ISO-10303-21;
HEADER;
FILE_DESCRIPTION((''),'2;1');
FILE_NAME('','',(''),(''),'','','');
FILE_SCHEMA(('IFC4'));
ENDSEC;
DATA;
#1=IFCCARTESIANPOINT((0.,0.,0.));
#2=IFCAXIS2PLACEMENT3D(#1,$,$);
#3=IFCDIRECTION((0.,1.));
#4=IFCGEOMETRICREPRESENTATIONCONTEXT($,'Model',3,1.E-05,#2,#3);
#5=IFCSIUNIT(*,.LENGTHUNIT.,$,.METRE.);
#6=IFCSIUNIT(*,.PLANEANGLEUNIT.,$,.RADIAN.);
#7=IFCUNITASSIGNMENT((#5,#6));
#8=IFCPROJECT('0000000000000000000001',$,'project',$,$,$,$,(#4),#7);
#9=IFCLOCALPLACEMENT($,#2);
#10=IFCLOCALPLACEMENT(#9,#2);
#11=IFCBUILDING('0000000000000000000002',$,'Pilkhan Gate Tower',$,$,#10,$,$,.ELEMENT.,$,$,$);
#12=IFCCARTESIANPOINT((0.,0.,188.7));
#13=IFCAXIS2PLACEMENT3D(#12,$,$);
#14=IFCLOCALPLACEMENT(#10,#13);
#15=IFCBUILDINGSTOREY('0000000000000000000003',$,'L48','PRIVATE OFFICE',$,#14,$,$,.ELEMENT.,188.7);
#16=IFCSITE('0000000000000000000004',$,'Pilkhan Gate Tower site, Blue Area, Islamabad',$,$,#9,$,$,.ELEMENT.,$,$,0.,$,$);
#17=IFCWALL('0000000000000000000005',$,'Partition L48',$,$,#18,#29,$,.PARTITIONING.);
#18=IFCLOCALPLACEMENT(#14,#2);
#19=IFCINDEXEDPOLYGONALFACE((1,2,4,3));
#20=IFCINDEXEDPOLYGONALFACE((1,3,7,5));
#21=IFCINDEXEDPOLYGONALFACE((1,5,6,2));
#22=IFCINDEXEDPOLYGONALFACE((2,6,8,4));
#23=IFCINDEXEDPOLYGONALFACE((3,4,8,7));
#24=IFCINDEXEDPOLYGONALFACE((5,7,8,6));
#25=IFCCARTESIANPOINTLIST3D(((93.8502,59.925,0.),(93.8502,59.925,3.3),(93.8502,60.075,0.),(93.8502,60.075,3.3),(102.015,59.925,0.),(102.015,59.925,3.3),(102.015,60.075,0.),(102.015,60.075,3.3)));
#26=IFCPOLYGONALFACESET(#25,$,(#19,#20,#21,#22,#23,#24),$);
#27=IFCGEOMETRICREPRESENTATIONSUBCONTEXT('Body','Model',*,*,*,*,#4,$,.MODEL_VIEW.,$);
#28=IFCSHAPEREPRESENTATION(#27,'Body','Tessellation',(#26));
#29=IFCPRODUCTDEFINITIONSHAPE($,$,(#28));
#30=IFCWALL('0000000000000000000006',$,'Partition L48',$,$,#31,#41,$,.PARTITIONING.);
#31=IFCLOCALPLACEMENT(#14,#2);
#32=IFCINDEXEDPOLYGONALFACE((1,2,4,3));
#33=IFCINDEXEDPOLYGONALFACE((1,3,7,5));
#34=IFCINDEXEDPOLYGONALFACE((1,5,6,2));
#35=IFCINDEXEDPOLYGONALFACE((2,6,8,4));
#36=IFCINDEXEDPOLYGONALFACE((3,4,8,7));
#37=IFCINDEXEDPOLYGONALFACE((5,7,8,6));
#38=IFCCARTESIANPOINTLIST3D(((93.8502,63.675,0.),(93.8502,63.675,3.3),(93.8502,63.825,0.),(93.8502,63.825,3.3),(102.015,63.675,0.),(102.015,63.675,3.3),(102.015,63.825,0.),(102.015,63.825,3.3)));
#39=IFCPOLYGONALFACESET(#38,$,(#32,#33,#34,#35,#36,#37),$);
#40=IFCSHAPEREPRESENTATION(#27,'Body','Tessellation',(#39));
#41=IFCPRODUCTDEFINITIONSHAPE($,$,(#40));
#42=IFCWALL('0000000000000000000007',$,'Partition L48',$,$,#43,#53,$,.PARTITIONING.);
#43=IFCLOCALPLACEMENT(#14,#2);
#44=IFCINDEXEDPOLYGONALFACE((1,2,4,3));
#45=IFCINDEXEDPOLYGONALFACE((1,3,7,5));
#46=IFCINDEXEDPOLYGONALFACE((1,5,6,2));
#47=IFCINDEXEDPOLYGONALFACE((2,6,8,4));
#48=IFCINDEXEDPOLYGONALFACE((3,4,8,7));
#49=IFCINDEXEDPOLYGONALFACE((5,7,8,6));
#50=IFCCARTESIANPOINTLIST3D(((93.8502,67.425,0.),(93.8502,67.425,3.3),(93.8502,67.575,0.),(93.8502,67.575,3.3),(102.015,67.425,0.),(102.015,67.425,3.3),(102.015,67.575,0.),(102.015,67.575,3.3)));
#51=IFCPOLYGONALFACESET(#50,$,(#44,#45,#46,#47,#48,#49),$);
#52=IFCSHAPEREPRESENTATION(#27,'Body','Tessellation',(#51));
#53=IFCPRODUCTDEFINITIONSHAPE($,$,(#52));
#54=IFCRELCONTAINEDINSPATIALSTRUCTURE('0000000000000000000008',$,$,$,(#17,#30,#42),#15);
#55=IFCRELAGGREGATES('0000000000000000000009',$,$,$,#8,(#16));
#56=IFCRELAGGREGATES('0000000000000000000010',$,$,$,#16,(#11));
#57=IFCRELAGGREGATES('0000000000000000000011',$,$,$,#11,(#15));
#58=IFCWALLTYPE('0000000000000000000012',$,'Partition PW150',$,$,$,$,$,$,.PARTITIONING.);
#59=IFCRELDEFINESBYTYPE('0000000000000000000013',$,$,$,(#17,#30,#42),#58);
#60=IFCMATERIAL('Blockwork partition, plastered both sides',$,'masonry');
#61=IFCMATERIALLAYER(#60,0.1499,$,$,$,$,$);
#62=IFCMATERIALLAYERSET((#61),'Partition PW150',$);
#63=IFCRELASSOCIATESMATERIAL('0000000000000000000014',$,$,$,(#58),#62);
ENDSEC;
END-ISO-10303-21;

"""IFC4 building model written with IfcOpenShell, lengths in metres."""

from ifc_helpers import new_model, si_unit, direction, frame, frame_2d, origin, place, context, subcontext, project, spatial, rectangle, extrude, material, layer, layer_set, type_object, element, save


model = new_model("IFC4")

# Units and contexts
model_context = context("Model", 3, precision=1e-05, world=origin(), true_north=direction((0.0, 1.0)))
body_context = subcontext(model_context, "Body", "Model", "MODEL_VIEW")
ifc_project = project(units=[si_unit("LENGTHUNIT", "METRE"), si_unit("PLANEANGLEUNIT", "RADIAN")], contexts=[model_context])

# Site, building, storey
site_placement = place(None, origin())
site = spatial("IfcSite", under=ifc_project, at=site_placement, Name="Pilkhan Gate Tower site, Blue Area, Islamabad", CompositionType="ELEMENT", RefElevation=0.0)
building_placement = place(site_placement, origin())
building = spatial("IfcBuilding", under=site, at=building_placement, Name="Pilkhan Gate Tower", CompositionType="ELEMENT")
storey_placement = place(building_placement, frame((0.0, 0.0, 188.7)))
storey = spatial("IfcBuildingStorey", under=building, at=storey_placement, Name="L48", Description="PRIVATE OFFICE", CompositionType="ELEMENT", Elevation=188.7)

# Walls
ifc_material_1 = material(Name="Blockwork partition, plastered both sides", Category="masonry")
ifc_layer_1 = layer(ifc_material_1, 0.1499)
ifc_layer_set_1 = layer_set([ifc_layer_1], Name="Partition PW150")
wall_type_1 = type_object("IfcWallType", Name="Partition PW150", PredefinedType="PARTITIONING", material=ifc_layer_set_1)
for number, where, z_axis, x_axis, name in (
    (1, (93.8501, 60.0, 0.0), (0.0, 0.0, 1.0), (1.0, 0.0, 0.0), "Partition L48"),
    (2, (93.8501, 63.75, 0.0), (0.0, 0.0, 1.0), (1.0, 0.0, 0.0), "Partition L48"),
    (3, (93.8501, 67.5, 0.0), (0.0, 0.0, 1.0), (1.0, 0.0, 0.0), "Partition L48"),
):
    element("IfcWall", number, at=place(storey_placement, frame(where, z_axis=z_axis, x_axis=x_axis)), inside=storey, type_object=wall_type_1, Name=name, PredefinedType="PARTITIONING", context=body_context, shape_type="SweptSolid", body=[
        extrude(rectangle(XDim=8.1648, YDim=0.1499, at=frame_2d((4.0825, 0.0))), origin(), (0.0, 0.0, 1.0), 3.3),
    ])

save(model, "model.ifc")
